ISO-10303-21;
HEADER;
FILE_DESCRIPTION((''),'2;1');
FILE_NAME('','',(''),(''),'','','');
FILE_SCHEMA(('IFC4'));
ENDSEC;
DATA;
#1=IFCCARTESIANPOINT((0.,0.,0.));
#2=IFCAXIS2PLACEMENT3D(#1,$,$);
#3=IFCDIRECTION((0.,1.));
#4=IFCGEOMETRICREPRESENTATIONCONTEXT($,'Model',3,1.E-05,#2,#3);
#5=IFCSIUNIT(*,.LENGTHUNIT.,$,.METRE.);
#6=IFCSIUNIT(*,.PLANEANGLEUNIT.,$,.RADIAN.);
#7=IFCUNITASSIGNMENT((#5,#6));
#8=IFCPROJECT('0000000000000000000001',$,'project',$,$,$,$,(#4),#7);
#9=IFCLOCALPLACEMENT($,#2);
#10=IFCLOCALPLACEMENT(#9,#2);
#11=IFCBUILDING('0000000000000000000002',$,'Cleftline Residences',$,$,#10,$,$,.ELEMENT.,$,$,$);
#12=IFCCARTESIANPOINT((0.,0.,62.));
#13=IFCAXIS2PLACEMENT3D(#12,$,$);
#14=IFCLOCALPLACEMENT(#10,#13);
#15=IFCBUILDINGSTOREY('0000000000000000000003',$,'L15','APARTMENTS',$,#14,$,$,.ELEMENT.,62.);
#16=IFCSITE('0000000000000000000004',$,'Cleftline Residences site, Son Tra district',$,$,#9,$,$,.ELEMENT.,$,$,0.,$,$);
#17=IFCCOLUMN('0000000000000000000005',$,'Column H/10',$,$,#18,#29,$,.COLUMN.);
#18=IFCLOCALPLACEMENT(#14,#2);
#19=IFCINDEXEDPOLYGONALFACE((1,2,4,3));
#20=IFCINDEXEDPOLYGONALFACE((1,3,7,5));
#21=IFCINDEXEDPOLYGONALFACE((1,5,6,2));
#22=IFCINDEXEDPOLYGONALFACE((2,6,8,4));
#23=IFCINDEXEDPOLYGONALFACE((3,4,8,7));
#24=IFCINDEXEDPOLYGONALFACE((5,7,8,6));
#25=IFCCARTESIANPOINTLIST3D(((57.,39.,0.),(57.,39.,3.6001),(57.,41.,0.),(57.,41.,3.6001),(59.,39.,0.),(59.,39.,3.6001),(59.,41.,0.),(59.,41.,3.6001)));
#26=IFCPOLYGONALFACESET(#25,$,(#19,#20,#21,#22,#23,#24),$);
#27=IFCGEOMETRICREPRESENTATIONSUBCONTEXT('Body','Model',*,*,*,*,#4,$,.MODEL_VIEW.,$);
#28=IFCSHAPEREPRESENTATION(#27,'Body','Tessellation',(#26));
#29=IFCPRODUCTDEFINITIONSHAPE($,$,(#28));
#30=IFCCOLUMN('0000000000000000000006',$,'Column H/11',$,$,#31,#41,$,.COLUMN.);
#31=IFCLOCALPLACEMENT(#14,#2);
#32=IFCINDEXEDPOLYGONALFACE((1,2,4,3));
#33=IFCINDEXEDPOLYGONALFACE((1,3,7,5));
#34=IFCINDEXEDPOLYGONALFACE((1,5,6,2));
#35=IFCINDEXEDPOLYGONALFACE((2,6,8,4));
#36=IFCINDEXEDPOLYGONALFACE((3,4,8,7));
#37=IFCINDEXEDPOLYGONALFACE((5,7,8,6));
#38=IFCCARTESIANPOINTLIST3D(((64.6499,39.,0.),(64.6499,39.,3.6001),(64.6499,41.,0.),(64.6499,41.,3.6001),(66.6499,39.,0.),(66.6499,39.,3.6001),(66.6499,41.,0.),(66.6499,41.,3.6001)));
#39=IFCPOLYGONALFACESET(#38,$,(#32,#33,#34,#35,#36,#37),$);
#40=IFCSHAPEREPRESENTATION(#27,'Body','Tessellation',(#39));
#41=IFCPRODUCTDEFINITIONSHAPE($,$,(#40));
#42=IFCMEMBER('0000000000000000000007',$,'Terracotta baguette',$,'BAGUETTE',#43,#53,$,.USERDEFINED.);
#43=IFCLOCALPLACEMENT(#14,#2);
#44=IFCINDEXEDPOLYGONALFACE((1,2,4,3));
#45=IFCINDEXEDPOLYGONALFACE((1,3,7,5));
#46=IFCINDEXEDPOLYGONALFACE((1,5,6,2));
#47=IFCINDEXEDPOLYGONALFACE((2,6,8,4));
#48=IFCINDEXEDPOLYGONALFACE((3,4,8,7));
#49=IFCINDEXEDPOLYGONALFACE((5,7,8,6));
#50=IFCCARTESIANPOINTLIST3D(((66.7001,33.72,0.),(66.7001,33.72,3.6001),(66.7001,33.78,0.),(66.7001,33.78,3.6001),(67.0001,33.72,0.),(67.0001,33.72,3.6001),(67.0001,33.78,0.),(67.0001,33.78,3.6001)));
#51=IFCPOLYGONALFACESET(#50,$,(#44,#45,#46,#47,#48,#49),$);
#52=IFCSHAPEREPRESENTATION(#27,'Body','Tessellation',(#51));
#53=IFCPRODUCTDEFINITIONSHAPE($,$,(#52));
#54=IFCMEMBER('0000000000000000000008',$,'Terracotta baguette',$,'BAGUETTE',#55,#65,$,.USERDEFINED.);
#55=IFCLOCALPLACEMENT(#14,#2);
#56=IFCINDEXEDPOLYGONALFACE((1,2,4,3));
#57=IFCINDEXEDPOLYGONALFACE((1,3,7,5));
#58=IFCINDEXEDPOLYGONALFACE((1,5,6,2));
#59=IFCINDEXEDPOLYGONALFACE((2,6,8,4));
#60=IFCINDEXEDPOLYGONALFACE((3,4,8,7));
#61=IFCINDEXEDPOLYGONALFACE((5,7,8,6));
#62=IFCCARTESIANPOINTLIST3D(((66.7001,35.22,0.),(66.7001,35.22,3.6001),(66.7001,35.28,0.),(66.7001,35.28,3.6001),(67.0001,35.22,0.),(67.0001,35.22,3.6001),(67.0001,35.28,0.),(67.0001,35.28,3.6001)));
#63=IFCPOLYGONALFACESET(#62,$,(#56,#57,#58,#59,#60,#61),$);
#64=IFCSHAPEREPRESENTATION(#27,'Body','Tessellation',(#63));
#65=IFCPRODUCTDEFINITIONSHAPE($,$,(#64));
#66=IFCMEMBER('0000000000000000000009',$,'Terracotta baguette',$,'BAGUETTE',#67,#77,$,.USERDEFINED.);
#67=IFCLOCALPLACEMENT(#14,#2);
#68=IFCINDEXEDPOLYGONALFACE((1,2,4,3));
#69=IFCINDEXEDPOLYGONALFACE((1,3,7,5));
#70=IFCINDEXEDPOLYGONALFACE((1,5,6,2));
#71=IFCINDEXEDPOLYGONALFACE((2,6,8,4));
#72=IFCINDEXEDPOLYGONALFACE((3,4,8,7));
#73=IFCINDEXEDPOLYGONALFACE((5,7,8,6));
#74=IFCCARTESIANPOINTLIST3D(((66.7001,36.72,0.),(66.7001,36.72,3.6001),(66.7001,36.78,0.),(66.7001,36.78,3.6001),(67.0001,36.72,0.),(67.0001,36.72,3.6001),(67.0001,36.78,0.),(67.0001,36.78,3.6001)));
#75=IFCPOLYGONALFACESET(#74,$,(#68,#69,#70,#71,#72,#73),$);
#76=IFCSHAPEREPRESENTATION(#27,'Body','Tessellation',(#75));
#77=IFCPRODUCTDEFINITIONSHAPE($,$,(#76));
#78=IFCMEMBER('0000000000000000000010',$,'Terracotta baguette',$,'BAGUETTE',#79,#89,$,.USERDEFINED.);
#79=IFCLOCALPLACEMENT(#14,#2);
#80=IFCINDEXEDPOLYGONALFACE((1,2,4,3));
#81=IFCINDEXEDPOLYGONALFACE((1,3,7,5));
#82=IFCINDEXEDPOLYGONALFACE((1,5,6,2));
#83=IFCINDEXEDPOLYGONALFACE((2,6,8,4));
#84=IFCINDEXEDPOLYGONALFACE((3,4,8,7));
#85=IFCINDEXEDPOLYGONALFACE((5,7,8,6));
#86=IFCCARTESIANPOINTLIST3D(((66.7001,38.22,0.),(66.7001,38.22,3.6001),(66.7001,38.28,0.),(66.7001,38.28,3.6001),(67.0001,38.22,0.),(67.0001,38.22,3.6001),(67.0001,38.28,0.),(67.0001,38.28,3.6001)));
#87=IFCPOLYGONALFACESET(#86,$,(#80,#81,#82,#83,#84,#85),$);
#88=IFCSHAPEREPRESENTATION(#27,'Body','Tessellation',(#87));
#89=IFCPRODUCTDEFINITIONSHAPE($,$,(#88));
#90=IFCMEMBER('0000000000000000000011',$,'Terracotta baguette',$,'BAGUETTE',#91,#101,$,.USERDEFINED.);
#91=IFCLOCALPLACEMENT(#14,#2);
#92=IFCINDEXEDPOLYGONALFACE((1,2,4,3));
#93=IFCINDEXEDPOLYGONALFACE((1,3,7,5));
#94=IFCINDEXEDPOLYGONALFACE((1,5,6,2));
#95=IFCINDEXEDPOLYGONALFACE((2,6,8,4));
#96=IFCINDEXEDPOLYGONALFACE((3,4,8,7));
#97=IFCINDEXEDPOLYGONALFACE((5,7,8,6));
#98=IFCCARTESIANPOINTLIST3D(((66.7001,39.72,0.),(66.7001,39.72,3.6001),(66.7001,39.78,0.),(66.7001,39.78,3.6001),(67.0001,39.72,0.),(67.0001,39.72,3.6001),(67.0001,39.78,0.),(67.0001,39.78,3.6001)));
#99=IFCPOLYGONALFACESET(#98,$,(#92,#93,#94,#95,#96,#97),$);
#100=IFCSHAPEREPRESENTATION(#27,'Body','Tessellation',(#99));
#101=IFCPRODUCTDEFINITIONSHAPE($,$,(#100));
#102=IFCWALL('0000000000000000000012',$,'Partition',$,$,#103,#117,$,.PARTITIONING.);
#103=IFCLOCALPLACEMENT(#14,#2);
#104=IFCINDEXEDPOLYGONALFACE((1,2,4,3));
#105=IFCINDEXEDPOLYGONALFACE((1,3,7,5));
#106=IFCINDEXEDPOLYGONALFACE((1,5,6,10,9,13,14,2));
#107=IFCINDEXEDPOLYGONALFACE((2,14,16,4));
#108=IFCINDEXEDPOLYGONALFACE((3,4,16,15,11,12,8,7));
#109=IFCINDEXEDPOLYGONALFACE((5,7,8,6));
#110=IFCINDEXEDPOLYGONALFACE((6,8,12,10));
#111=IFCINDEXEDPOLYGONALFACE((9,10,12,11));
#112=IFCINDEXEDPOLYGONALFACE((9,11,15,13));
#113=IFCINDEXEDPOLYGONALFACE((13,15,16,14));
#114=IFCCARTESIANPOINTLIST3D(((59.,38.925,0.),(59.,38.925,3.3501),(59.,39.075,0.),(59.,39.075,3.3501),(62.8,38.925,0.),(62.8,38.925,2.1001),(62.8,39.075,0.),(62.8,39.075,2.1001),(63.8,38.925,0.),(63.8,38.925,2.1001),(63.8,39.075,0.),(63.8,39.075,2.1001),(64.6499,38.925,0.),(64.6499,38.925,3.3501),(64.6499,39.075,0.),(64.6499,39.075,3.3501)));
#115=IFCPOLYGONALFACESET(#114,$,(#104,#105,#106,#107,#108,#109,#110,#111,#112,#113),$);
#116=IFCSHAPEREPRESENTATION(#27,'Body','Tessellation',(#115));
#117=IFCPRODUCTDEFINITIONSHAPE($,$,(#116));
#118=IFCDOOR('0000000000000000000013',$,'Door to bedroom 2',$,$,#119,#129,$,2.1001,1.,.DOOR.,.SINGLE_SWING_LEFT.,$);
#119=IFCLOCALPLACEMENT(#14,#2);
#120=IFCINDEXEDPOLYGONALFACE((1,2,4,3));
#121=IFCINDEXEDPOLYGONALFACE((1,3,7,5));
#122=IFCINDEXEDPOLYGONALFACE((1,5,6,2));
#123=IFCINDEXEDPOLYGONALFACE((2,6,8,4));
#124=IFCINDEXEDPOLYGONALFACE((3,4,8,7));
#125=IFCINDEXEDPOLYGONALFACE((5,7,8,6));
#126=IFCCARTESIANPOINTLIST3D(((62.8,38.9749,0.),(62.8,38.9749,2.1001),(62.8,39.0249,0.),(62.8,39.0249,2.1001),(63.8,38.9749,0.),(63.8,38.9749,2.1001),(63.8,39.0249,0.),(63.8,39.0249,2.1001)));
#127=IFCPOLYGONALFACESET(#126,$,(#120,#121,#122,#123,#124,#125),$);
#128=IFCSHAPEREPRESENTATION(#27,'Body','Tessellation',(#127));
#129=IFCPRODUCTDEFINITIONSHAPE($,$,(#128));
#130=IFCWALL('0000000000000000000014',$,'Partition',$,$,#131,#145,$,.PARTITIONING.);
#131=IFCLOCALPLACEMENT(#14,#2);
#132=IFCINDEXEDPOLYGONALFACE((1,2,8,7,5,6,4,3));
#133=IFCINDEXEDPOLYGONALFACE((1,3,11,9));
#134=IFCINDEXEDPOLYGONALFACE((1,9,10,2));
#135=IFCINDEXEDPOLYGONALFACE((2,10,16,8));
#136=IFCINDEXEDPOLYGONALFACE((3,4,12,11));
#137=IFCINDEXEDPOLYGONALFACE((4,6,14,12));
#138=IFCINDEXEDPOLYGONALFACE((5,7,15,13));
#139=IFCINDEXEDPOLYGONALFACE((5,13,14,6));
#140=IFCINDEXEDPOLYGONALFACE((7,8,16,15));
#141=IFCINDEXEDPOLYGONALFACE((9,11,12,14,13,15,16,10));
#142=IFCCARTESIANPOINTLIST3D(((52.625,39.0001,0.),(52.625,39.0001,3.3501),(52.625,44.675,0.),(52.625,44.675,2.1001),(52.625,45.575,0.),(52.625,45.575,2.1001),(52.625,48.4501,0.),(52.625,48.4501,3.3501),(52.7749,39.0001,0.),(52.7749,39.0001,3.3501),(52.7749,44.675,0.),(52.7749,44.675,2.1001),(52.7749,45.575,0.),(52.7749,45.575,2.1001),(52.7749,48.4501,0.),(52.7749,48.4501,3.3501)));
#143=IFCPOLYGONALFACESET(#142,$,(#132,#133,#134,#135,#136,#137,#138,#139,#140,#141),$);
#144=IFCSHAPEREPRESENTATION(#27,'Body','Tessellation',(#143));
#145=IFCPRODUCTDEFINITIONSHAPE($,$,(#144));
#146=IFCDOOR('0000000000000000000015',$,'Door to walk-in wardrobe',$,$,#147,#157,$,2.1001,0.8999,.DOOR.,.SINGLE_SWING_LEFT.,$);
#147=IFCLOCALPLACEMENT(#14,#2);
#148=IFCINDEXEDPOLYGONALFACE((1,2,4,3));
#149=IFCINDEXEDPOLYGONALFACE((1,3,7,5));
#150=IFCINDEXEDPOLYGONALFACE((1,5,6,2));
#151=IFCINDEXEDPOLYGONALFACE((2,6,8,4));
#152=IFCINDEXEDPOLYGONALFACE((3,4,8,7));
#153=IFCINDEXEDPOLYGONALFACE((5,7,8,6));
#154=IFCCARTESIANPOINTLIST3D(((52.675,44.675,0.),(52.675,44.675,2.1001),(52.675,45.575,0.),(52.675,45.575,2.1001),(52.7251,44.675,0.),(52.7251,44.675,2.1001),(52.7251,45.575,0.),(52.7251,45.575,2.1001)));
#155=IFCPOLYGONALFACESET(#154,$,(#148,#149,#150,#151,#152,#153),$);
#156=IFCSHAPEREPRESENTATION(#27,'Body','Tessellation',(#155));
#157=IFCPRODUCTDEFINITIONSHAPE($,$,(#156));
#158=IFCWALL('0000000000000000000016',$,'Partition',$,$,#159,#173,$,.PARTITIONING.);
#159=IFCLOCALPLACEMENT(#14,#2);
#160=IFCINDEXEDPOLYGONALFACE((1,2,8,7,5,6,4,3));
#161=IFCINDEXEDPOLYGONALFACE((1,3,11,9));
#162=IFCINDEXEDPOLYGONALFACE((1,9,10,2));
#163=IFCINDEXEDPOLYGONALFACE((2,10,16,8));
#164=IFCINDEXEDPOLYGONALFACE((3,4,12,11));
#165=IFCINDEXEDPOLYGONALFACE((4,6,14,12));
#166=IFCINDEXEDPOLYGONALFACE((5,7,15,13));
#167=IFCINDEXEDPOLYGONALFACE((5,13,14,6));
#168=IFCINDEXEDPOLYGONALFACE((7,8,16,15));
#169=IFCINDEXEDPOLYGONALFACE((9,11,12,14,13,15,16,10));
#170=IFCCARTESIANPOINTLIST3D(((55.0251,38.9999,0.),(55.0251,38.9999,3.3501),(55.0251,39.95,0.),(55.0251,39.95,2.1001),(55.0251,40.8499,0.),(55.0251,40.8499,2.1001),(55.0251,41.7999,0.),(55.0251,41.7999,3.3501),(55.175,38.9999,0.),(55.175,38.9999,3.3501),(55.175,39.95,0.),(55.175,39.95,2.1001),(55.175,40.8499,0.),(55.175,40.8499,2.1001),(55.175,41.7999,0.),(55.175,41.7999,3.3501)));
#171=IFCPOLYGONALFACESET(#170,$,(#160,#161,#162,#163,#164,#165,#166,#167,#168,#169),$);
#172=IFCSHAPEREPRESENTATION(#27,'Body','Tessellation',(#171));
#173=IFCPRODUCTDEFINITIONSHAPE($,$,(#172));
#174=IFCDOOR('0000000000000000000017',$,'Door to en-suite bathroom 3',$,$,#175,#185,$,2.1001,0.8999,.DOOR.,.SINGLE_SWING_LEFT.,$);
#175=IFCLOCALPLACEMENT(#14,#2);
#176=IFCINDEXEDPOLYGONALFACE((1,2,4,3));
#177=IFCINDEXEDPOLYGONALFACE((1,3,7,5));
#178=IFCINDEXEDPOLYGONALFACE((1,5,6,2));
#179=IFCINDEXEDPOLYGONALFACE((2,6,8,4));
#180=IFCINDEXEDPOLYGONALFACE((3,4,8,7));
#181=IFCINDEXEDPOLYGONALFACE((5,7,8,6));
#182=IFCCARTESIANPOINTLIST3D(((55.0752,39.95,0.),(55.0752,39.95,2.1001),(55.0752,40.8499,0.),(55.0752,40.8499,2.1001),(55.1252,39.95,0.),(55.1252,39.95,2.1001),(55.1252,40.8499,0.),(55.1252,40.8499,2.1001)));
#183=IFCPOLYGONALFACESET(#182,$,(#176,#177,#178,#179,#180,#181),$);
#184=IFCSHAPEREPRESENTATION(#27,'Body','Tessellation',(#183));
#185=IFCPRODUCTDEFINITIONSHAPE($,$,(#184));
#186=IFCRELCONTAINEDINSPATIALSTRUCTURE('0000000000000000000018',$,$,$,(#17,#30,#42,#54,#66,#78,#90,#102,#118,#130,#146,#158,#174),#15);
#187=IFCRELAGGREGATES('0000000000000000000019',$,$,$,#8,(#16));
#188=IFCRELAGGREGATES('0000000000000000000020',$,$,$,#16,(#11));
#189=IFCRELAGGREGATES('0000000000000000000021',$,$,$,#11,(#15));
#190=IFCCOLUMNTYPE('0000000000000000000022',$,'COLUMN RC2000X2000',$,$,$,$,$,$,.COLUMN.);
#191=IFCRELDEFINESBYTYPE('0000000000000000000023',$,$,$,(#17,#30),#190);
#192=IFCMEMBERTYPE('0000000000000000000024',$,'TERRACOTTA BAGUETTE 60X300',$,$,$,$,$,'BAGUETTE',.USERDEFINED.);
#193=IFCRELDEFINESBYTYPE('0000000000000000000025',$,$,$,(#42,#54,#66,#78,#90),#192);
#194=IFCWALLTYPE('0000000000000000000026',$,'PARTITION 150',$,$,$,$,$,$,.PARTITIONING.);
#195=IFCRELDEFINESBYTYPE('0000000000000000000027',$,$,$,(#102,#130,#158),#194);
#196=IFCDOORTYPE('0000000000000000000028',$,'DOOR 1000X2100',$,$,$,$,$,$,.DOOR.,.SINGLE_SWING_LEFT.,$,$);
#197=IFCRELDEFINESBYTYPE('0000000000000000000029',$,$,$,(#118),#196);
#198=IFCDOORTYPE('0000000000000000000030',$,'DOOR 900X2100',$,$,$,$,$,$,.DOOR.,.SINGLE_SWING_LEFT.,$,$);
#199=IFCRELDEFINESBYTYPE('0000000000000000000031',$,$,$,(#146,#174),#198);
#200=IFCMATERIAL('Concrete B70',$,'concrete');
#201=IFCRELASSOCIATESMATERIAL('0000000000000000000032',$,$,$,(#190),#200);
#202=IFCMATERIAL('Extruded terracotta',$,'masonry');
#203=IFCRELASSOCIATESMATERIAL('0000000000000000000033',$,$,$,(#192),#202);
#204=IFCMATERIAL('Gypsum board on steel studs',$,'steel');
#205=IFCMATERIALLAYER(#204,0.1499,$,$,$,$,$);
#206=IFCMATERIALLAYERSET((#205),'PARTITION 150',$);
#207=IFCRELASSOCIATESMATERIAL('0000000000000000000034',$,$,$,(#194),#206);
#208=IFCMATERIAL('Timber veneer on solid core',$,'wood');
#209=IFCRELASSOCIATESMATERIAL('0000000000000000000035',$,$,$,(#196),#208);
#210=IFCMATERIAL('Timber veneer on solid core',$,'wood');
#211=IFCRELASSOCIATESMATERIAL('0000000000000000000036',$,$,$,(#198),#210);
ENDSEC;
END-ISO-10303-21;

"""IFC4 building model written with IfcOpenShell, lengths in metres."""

from ifc_helpers import new_model, si_unit, direction, frame, frame_2d, origin, origin_2d, place, context, subcontext, project, spatial, rectangle, extrude, material, layer, layer_set, material_profile, profile_set, type_object, element, fill, save


model = new_model("IFC4")

# Units and contexts
model_context = context("Model", 3, precision=1e-05, world=origin(), true_north=direction((0.0, 1.0)))
body_context = subcontext(model_context, "Body", "Model", "MODEL_VIEW")
ifc_project = project(units=[si_unit("LENGTHUNIT", "METRE"), si_unit("PLANEANGLEUNIT", "RADIAN")], contexts=[model_context])

# Site, building, storey
site_placement = place(None, origin())
site = spatial("IfcSite", under=ifc_project, at=site_placement, Name="Cleftline Residences site, Son Tra district", CompositionType="ELEMENT", RefElevation=0.0)
building_placement = place(site_placement, origin())
building = spatial("IfcBuilding", under=site, at=building_placement, Name="Cleftline Residences", CompositionType="ELEMENT")
storey_placement = place(building_placement, frame((0.0, 0.0, 62.0)))
storey = spatial("IfcBuildingStorey", under=building, at=storey_placement, Name="L15", Description="APARTMENTS", CompositionType="ELEMENT", Elevation=62.0)

# Columns
ifc_material_1 = material(Name="Concrete B70", Category="concrete")
ifc_material_profile_1 = material_profile(ifc_material_1, rectangle(XDim=2.0, YDim=2.0, at=origin_2d()))
ifc_profile_set_1 = profile_set([ifc_material_profile_1], Name="Concrete B70")
column_type = type_object("IfcColumnType", Name="COLUMN RC2000X2000", PredefinedType="COLUMN", material=ifc_profile_set_1)
for number, where, z_axis, x_axis, name in (
    (1, (58.0, 40.0, 0.0), (0.0, 0.0, 1.0), (1.0, 0.0, 0.0), "Column H/10"),
    (2, (65.6499, 40.0, 0.0), (0.0, 0.0, 1.0), (1.0, 0.0, 0.0), "Column H/11"),
):
    element("IfcColumn", number, at=place(storey_placement, frame(where, z_axis=z_axis, x_axis=x_axis)), inside=storey, type_object=column_type, Name=name, PredefinedType="COLUMN", context=body_context, shape_type="SweptSolid", body=[
        extrude(rectangle(XDim=2.0, YDim=2.0, at=origin_2d()), origin(), (0.0, 0.0, 1.0), 3.6001),
    ])

# Members
ifc_material_2 = material(Name="Extruded terracotta", Category="masonry")
ifc_material_profile_2 = material_profile(ifc_material_2, rectangle(XDim=0.0601, YDim=0.3, at=origin_2d()))
ifc_profile_set_2 = profile_set([ifc_material_profile_2], Name="Extruded terracotta")
member_type = type_object("IfcMemberType", Name="TERRACOTTA BAGUETTE 60X300", ElementType="BAGUETTE", PredefinedType="USERDEFINED", material=ifc_profile_set_2)
for number, where, z_axis, x_axis, name in (
    (3, (66.8501, 33.75, 0.0), (0.0, 0.0, 1.0), (0.0, 1.0, 0.0), "Terracotta baguette"),
    (4, (66.8501, 35.25, 0.0), (0.0, 0.0, 1.0), (0.0, 1.0, 0.0), "Terracotta baguette"),
    (5, (66.8501, 36.75, 0.0), (0.0, 0.0, 1.0), (0.0, 1.0, 0.0), "Terracotta baguette"),
    (6, (66.8501, 38.25, 0.0), (0.0, 0.0, 1.0), (0.0, 1.0, 0.0), "Terracotta baguette"),
    (7, (66.8501, 39.75, 0.0), (0.0, 0.0, 1.0), (0.0, 1.0, 0.0), "Terracotta baguette"),
):
    element("IfcMember", number, at=place(storey_placement, frame(where, z_axis=z_axis, x_axis=x_axis)), inside=storey, type_object=member_type, Name=name, ObjectType="BAGUETTE", PredefinedType="USERDEFINED", context=body_context, shape_type="SweptSolid", body=[
        extrude(rectangle(XDim=0.0601, YDim=0.3, at=origin_2d()), origin(), (0.0, 0.0, 1.0), 3.6001),
    ])

# Walls, openings, doors
ifc_material_3 = material(Name="Gypsum board on steel studs", Category="steel")
ifc_layer = layer(ifc_material_3, 0.1499)
ifc_layer_set = layer_set([ifc_layer], Name="PARTITION 150")
wall_type = type_object("IfcWallType", Name="PARTITION 150", PredefinedType="PARTITIONING", material=ifc_layer_set)
wall_1_placement = place(storey_placement, frame((59.0, 39.0, 0.0), z_axis=(0.0, 0.0, 1.0), x_axis=(1.0, 0.0, 0.0)))
wall_1 = element("IfcWall", 8, at=wall_1_placement, inside=storey, type_object=wall_type, Name="Partition", PredefinedType="PARTITIONING", context=body_context, shape_type="SweptSolid", body=[
    extrude(rectangle(XDim=5.6499, YDim=0.1499, at=frame_2d((2.825, 0.0))), origin(), (0.0, 0.0, 1.0), 3.3501),
])
opening_1_placement = place(wall_1_placement, frame((3.8, 0.0, 0.0)))
opening_1 = element("IfcOpeningElement", 9, at=opening_1_placement, cuts=wall_1, PredefinedType="OPENING", context=body_context, shape_type="SweptSolid", body=[
    extrude(rectangle(XDim=1.0, YDim=2.1001, at=frame_2d((0.5, 1.05))), frame((0.0, 0.085, 0.0), z_axis=(0.0, -1.0, 0.0), x_axis=(1.0, 0.0, 0.0)), (0.0, 0.0, 1.0), 0.1699),
])
ifc_material_4 = material(Name="Timber veneer on solid core", Category="wood")
door_type_1 = type_object("IfcDoorType", Name="DOOR 1000X2100", OperationType="SINGLE_SWING_LEFT", PredefinedType="DOOR", material=ifc_material_4)
door_1_placement = place(opening_1_placement, origin())
door_1 = element("IfcDoor", 10, at=door_1_placement, inside=storey, type_object=door_type_1, Name="Door to bedroom 2", OperationType="SINGLE_SWING_LEFT", OverallHeight=2.1001, OverallWidth=1.0, PredefinedType="DOOR", context=body_context, shape_type="SweptSolid", body=[
    extrude(rectangle(XDim=1.0, YDim=2.1001, at=frame_2d((0.5, 1.05))), frame((0.0, 0.0249, 0.0), z_axis=(0.0, -1.0, 0.0), x_axis=(1.0, 0.0, 0.0)), (0.0, 0.0, 1.0), 0.05),
])
fill(opening_1, door_1)
wall_2_placement = place(storey_placement, frame((52.7, 39.0, 0.0), z_axis=(0.0, 0.0, 1.0), x_axis=(0.0, 1.0, 0.0)))
wall_2 = element("IfcWall", 11, at=wall_2_placement, inside=storey, type_object=wall_type, Name="Partition", PredefinedType="PARTITIONING", context=body_context, shape_type="SweptSolid", body=[
    extrude(rectangle(XDim=9.45, YDim=0.1499, at=frame_2d((4.7251, 0.0))), origin(), (0.0, 0.0, 1.0), 3.3501),
])
opening_2_placement = place(wall_2_placement, frame((5.675, 0.0, 0.0)))
opening_2 = element("IfcOpeningElement", 12, at=opening_2_placement, cuts=wall_2, PredefinedType="OPENING", context=body_context, shape_type="SweptSolid", body=[
    extrude(rectangle(XDim=0.8999, YDim=2.1001, at=frame_2d((0.45, 1.05))), frame((0.0, 0.085, 0.0), z_axis=(0.0, -1.0, 0.0), x_axis=(1.0, 0.0, 0.0)), (0.0, 0.0, 1.0), 0.1699),
])
ifc_material_5 = material(Name="Timber veneer on solid core", Category="wood")
door_type_2 = type_object("IfcDoorType", Name="DOOR 900X2100", OperationType="SINGLE_SWING_LEFT", PredefinedType="DOOR", material=ifc_material_5)
door_2_placement = place(opening_2_placement, origin())
door_2 = element("IfcDoor", 13, at=door_2_placement, inside=storey, type_object=door_type_2, Name="Door to walk-in wardrobe", OperationType="SINGLE_SWING_LEFT", OverallHeight=2.1001, OverallWidth=0.8999, PredefinedType="DOOR", context=body_context, shape_type="SweptSolid", body=[
    extrude(rectangle(XDim=0.8999, YDim=2.1001, at=frame_2d((0.45, 1.05))), frame((0.0, 0.0249, 0.0), z_axis=(0.0, -1.0, 0.0), x_axis=(1.0, 0.0, 0.0)), (0.0, 0.0, 1.0), 0.05),
])
fill(opening_2, door_2)
wall_3_placement = place(storey_placement, frame((55.1001, 39.0, 0.0), z_axis=(0.0, 0.0, 1.0), x_axis=(0.0, 1.0, 0.0)))
wall_3 = element("IfcWall", 14, at=wall_3_placement, inside=storey, type_object=wall_type, Name="Partition", PredefinedType="PARTITIONING", context=body_context, shape_type="SweptSolid", body=[
    extrude(rectangle(XDim=2.8, YDim=0.1499, at=frame_2d((1.3999, 0.0))), origin(), (0.0, 0.0, 1.0), 3.3501),
])
opening_3_placement = place(wall_3_placement, frame((0.95, 0.0, 0.0)))
opening_3 = element("IfcOpeningElement", 15, at=opening_3_placement, cuts=wall_3, PredefinedType="OPENING", context=body_context, shape_type="SweptSolid", body=[
    extrude(rectangle(XDim=0.8999, YDim=2.1001, at=frame_2d((0.45, 1.05))), frame((0.0, 0.085, 0.0), z_axis=(0.0, -1.0, 0.0), x_axis=(1.0, 0.0, 0.0)), (0.0, 0.0, 1.0), 0.1699),
])
door_3_placement = place(opening_3_placement, origin())
door_3 = element("IfcDoor", 16, at=door_3_placement, inside=storey, type_object=door_type_2, Name="Door to en-suite bathroom 3", OperationType="SINGLE_SWING_LEFT", OverallHeight=2.1001, OverallWidth=0.8999, PredefinedType="DOOR", context=body_context, shape_type="SweptSolid", body=[
    extrude(rectangle(XDim=0.8999, YDim=2.1001, at=frame_2d((0.45, 1.05))), frame((0.0, 0.0249, 0.0), z_axis=(0.0, -1.0, 0.0), x_axis=(1.0, 0.0, 0.0)), (0.0, 0.0, 1.0), 0.05),
])
fill(opening_3, door_3)

save(model, "model.ifc")
